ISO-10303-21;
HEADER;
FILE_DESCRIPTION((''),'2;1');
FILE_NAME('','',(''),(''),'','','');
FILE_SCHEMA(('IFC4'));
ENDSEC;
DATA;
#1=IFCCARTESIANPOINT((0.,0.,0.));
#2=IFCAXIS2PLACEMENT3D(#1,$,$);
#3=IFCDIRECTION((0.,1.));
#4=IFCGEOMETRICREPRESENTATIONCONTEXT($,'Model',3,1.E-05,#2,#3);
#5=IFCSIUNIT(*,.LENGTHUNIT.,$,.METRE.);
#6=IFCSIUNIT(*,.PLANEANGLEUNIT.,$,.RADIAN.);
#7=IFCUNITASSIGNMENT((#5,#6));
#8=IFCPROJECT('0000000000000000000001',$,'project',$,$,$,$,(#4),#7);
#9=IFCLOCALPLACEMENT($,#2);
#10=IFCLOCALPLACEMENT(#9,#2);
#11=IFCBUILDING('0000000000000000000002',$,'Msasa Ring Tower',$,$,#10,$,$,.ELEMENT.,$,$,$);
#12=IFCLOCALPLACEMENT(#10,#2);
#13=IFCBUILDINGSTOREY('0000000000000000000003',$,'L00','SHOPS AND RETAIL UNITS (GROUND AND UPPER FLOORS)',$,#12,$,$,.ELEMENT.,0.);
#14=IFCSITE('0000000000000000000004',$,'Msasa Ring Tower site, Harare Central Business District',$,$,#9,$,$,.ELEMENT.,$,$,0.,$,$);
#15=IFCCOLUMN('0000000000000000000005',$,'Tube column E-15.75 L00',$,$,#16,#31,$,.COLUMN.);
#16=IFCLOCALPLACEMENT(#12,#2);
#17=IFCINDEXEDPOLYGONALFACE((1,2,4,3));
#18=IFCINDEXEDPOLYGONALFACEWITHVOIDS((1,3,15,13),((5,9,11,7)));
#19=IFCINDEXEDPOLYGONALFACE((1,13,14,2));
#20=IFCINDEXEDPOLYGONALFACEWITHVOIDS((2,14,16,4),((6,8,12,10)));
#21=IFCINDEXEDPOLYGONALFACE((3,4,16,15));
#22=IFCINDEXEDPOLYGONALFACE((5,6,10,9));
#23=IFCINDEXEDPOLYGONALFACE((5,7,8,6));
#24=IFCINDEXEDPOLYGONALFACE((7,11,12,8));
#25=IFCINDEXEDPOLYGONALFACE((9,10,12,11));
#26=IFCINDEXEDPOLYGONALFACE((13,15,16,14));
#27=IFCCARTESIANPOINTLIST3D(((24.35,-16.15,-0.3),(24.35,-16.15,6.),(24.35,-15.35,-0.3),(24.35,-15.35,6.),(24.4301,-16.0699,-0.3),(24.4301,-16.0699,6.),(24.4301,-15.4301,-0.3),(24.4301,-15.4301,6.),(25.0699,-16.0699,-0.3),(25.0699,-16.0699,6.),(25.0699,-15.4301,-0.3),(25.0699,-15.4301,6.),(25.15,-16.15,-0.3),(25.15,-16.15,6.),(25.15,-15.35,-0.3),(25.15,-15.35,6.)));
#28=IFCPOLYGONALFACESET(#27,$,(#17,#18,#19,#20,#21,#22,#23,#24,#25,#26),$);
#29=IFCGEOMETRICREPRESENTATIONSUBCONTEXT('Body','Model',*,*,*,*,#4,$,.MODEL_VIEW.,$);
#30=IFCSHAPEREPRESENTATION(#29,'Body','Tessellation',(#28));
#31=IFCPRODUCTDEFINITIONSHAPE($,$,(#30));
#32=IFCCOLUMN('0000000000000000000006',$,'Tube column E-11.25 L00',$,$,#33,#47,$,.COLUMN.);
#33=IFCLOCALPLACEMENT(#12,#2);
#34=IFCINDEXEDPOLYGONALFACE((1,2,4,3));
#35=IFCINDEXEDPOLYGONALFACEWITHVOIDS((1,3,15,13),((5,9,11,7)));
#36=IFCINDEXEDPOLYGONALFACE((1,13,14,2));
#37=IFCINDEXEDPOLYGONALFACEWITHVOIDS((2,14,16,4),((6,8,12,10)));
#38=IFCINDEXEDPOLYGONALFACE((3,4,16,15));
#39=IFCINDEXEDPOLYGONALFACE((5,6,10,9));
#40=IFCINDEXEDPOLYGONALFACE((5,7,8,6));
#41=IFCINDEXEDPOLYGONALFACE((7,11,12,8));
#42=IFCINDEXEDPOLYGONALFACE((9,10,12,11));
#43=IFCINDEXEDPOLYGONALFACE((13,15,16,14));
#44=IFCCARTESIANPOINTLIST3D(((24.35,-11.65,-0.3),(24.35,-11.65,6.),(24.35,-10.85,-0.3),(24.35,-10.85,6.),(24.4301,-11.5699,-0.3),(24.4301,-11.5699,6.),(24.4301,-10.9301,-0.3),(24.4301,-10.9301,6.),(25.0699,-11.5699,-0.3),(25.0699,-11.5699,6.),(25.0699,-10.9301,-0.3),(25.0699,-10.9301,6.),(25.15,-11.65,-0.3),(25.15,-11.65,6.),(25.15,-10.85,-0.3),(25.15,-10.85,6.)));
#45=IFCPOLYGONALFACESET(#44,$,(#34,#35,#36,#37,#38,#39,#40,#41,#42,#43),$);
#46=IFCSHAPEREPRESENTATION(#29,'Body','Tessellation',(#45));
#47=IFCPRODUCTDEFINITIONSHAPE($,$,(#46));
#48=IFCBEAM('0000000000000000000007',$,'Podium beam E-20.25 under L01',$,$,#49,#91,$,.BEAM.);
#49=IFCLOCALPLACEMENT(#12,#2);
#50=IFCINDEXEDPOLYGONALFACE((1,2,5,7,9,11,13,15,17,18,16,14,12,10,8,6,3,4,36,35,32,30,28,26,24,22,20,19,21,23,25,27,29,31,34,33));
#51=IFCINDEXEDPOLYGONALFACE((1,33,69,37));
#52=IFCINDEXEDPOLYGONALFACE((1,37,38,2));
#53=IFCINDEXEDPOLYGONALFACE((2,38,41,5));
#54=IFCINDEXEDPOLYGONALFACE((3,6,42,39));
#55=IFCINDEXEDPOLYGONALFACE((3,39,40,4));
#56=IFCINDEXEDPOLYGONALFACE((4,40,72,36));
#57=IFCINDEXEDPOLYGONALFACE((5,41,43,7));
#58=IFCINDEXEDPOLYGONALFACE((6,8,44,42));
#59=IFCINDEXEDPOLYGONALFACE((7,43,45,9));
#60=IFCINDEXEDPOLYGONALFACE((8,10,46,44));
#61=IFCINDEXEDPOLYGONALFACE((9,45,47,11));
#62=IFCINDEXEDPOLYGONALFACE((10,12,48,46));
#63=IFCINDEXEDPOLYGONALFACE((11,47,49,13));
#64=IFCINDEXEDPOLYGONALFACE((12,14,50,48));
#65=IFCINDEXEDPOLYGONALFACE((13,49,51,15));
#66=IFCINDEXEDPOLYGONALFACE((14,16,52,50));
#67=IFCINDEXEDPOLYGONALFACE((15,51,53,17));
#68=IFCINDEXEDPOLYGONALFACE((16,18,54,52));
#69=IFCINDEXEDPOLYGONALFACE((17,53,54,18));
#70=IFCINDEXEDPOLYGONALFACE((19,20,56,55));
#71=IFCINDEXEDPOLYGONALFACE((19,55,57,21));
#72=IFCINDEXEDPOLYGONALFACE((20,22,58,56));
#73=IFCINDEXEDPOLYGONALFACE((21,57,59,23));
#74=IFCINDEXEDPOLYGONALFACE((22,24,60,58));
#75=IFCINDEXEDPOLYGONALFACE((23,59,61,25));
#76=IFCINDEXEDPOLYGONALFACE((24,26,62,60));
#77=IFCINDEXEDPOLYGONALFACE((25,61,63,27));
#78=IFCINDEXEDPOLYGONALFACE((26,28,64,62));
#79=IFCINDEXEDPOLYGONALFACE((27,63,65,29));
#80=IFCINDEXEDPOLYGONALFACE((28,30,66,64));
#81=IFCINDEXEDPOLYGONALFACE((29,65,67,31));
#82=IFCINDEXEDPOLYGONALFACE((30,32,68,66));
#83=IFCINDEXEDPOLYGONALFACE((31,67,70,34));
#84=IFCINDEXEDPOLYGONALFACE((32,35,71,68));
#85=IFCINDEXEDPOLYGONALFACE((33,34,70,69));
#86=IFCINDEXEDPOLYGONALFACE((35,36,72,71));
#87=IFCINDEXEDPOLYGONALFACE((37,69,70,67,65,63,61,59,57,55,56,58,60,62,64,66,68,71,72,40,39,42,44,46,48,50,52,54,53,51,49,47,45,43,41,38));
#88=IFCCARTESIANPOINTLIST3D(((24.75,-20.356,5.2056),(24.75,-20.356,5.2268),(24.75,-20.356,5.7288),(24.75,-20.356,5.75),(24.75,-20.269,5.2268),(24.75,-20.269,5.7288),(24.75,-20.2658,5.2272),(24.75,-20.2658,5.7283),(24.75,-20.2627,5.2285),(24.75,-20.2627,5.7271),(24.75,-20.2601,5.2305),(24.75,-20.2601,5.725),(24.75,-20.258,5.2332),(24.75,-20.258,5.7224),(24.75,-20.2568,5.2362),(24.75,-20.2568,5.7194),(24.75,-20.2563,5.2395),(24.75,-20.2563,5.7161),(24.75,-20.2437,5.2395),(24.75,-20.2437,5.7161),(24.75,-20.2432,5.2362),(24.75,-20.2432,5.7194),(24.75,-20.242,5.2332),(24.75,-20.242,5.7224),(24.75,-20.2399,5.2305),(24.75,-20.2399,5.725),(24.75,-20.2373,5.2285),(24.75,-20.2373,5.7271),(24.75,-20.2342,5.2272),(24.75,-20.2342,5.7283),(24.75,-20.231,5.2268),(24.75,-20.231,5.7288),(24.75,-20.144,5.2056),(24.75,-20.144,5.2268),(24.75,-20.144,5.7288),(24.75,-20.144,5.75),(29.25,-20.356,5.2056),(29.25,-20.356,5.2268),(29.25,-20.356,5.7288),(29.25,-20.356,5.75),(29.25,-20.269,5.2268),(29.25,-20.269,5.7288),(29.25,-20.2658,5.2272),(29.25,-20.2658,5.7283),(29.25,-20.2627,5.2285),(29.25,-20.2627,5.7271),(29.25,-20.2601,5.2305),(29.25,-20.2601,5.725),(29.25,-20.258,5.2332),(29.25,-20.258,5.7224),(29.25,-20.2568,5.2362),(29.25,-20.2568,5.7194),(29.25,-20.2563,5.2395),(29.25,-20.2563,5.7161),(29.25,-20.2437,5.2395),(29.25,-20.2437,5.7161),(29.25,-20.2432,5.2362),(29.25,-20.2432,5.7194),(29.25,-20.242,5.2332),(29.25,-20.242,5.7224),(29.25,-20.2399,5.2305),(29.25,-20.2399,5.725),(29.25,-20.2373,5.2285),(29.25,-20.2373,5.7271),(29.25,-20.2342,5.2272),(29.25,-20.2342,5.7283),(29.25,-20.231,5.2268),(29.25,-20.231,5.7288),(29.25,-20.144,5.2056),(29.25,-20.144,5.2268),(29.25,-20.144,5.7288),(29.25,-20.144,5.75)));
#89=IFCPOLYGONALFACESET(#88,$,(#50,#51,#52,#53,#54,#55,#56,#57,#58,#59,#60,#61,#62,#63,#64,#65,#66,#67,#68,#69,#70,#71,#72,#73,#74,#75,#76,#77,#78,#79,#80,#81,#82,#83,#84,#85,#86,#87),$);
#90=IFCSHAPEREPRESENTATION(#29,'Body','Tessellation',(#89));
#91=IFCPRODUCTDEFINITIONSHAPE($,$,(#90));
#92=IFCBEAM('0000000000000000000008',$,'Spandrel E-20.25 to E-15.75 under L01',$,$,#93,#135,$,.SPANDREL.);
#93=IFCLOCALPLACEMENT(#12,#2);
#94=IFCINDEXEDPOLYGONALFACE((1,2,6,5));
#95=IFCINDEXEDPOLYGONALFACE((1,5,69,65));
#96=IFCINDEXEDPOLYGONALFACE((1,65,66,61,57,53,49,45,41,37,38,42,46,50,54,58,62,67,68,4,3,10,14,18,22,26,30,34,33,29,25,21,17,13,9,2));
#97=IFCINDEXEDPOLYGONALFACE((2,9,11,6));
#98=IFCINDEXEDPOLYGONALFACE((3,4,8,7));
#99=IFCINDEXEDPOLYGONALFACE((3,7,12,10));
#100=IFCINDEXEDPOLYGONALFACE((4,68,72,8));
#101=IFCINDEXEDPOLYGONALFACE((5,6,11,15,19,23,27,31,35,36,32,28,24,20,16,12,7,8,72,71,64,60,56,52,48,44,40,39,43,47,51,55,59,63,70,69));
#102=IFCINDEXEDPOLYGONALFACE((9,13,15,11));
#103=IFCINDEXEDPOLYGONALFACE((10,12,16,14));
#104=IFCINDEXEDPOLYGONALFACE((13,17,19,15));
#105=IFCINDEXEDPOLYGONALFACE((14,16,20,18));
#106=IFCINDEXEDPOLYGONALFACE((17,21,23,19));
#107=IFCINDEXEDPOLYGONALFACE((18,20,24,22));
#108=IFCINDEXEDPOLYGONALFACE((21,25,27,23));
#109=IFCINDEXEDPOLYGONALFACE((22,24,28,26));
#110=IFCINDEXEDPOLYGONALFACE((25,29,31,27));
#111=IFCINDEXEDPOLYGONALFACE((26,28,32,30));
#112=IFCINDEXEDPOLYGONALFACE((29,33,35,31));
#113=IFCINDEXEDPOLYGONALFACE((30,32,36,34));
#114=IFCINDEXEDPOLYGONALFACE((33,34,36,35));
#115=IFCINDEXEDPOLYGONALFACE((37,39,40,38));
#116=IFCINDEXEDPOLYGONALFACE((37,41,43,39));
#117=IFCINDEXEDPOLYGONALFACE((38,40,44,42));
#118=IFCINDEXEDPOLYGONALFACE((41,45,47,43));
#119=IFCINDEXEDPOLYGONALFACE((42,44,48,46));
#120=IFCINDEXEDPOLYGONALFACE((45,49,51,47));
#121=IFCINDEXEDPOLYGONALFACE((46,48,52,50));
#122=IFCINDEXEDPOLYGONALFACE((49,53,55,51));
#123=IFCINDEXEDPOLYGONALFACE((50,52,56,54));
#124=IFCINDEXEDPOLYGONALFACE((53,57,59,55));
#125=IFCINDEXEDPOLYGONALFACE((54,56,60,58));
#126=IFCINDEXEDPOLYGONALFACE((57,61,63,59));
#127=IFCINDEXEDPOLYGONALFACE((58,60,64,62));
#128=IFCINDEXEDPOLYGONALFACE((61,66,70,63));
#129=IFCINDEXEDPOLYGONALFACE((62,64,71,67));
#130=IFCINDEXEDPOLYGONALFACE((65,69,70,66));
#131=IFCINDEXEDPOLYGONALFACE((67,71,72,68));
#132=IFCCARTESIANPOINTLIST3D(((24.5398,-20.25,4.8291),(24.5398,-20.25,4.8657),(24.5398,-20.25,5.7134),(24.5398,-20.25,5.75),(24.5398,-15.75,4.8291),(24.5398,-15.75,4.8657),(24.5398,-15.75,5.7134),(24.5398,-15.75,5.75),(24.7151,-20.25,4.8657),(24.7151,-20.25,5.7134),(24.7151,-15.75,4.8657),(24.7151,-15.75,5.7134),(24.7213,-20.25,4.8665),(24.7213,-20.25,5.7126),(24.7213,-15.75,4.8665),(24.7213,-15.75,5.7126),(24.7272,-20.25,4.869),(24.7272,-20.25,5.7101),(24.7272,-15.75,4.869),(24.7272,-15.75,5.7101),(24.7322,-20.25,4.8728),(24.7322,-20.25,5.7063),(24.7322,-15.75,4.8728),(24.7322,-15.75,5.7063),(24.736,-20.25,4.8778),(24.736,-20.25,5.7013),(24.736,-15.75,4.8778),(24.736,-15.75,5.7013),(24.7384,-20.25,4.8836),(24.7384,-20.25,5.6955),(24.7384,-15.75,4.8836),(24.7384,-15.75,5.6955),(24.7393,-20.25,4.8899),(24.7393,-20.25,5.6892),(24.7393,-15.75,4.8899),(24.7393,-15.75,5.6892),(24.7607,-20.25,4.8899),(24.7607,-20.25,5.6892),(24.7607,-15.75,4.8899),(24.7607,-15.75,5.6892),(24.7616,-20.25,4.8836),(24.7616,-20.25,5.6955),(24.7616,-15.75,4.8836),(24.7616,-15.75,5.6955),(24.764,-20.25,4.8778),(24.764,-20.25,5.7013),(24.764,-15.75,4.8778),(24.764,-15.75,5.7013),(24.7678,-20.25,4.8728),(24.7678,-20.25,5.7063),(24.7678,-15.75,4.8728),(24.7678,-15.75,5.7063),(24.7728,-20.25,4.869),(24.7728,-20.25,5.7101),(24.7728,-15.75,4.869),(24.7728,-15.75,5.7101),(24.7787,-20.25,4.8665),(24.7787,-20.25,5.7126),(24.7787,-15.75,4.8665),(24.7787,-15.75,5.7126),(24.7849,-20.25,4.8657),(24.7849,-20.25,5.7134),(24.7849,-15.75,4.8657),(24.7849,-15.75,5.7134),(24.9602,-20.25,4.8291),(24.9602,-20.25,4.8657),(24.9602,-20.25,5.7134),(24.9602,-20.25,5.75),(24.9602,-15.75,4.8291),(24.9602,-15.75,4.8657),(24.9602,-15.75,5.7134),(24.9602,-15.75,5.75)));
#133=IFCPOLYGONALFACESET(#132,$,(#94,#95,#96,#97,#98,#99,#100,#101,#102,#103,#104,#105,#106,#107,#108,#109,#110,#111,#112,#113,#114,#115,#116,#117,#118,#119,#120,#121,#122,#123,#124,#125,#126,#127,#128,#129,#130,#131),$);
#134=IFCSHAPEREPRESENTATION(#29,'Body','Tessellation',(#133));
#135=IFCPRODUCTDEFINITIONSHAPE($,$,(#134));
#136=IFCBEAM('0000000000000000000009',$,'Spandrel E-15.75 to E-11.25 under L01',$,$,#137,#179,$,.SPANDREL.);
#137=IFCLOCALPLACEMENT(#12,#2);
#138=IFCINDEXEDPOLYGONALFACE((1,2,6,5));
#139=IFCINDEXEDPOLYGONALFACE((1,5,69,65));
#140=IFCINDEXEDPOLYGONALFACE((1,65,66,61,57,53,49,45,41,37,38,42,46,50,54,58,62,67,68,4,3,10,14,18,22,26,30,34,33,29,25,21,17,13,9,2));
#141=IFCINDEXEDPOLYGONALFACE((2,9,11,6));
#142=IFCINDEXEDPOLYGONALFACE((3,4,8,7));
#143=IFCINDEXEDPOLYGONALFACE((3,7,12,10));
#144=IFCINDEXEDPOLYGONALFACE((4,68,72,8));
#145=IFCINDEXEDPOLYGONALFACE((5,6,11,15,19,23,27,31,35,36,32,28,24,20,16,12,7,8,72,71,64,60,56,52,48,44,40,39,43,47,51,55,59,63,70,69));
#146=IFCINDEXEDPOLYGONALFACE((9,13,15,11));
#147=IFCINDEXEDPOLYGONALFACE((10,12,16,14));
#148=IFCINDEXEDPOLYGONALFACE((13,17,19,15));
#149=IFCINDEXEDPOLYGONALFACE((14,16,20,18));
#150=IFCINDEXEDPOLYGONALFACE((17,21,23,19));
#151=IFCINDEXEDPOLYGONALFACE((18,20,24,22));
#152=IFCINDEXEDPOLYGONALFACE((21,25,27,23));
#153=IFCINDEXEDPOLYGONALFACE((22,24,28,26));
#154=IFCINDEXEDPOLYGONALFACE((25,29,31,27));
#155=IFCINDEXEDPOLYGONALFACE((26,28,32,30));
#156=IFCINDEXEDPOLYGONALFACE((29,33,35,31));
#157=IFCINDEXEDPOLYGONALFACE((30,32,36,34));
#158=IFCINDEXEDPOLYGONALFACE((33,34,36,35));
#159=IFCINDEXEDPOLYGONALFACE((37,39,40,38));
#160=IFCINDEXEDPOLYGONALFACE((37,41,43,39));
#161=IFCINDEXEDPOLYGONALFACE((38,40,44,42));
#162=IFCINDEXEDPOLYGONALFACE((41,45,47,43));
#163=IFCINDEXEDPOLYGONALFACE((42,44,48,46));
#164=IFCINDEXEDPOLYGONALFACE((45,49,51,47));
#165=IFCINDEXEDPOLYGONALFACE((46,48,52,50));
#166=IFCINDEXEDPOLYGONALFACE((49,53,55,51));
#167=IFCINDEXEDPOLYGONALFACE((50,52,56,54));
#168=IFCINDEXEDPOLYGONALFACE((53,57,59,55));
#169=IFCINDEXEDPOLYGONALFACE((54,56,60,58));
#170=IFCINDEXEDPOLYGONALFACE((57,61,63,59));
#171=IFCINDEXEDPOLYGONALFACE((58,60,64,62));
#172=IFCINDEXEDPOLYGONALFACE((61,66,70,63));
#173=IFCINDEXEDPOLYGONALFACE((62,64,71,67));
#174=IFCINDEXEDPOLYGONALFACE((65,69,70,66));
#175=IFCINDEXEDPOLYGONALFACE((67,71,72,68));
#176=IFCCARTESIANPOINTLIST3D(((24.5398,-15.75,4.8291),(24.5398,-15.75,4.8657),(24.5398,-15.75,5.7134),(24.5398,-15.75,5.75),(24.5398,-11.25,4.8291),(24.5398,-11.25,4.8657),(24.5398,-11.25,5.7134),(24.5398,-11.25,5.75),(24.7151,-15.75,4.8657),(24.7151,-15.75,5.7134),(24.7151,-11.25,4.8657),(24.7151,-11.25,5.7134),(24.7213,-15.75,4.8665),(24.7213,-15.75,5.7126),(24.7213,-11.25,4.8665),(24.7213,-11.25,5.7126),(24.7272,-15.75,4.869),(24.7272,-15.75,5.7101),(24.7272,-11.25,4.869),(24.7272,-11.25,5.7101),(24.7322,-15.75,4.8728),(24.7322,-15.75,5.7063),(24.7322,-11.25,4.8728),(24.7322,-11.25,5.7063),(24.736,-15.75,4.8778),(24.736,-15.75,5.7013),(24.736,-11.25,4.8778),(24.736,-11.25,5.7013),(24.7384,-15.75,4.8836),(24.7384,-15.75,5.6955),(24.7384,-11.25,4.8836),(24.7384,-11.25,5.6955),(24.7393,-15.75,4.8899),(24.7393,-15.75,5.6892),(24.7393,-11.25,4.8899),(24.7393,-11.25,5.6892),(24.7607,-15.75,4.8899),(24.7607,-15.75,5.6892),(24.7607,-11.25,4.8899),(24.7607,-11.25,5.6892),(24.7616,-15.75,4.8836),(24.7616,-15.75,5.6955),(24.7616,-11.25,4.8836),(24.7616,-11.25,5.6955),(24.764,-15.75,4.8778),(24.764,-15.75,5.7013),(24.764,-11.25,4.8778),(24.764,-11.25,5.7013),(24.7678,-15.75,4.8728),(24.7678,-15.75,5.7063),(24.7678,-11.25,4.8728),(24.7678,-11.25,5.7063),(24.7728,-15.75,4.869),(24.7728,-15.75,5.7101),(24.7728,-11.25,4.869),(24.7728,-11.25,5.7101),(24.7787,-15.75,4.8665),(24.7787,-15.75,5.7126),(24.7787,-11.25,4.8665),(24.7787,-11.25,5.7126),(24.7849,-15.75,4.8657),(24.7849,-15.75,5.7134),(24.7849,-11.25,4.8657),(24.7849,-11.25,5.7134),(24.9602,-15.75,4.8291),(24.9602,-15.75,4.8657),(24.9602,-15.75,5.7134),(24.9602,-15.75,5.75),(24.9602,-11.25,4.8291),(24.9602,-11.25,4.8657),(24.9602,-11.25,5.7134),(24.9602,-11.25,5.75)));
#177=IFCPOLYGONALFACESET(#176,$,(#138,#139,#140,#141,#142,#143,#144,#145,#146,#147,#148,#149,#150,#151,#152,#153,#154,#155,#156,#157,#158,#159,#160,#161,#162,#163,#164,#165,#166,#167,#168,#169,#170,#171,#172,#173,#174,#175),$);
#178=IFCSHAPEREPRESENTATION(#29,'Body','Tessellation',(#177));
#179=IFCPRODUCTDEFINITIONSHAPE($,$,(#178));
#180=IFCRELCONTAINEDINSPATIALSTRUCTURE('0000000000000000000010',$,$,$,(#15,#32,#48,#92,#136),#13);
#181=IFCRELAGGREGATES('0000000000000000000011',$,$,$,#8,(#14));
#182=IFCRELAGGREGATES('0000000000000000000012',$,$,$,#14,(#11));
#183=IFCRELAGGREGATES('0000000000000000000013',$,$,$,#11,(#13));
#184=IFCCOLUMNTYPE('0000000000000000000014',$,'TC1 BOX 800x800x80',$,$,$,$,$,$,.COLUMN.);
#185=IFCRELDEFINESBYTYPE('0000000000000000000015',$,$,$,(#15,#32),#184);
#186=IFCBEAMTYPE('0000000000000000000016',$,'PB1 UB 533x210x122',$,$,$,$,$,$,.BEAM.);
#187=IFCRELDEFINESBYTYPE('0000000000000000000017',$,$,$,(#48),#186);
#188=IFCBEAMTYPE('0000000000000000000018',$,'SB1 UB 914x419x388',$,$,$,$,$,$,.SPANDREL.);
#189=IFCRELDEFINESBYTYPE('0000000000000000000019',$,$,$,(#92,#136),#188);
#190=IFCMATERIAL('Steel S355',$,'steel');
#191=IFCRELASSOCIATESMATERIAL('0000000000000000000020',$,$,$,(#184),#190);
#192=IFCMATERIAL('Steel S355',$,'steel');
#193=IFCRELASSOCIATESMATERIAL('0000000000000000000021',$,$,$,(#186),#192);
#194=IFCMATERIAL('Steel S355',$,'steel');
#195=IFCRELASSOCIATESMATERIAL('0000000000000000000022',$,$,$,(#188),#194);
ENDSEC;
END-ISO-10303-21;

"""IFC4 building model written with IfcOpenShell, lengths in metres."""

from ifc_helpers import new_model, si_unit, direction, frame, origin, origin_2d, place, context, subcontext, project, spatial, hollow_rectangle, i_section, extrude, material, material_profile, profile_set, type_object, element, save


model = new_model("IFC4")

# Units and contexts
model_context = context("Model", 3, precision=1e-05, world=origin(), true_north=direction((0.0, 1.0)))
body_context = subcontext(model_context, "Body", "Model", "MODEL_VIEW")
ifc_project = project(units=[si_unit("LENGTHUNIT", "METRE"), si_unit("PLANEANGLEUNIT", "RADIAN")], contexts=[model_context])

# Site, building, storey
site_placement = place(None, origin())
site = spatial("IfcSite", under=ifc_project, at=site_placement, Name="Msasa Ring Tower site, Harare Central Business District", CompositionType="ELEMENT", RefElevation=0.0)
building_placement = place(site_placement, origin())
building = spatial("IfcBuilding", under=site, at=building_placement, Name="Msasa Ring Tower", CompositionType="ELEMENT")
storey_placement = place(building_placement, origin())
storey = spatial("IfcBuildingStorey", under=building, at=storey_placement, Name="L00", Description="SHOPS AND RETAIL UNITS (GROUND AND UPPER FLOORS)", CompositionType="ELEMENT", Elevation=0.0)

# Columns
ifc_material_1 = material(Name="Steel S355", Category="steel")
ifc_material_profile_1 = material_profile(ifc_material_1, hollow_rectangle(XDim=0.8, YDim=0.8, WallThickness=0.0801, at=origin_2d()), Name="BOX 800x800x80")
ifc_profile_set_1 = profile_set([ifc_material_profile_1], Name="Steel S355")
column_type_1 = type_object("IfcColumnType", Name="TC1 BOX 800x800x80", PredefinedType="COLUMN", material=ifc_profile_set_1)
for number, where, z_axis, x_axis, name in (
    (1, (24.75, -15.75, -0.3), (0.0, 0.0, 1.0), (1.0, 0.0, 0.0), "Tube column E-15.75 L00"),
    (2, (24.75, -11.25, -0.3), (0.0, 0.0, 1.0), (1.0, 0.0, 0.0), "Tube column E-11.25 L00"),
):
    element("IfcColumn", number, at=place(storey_placement, frame(where, z_axis=z_axis, x_axis=x_axis)), inside=storey, type_object=column_type_1, Name=name, PredefinedType="COLUMN", context=body_context, shape_type="SweptSolid", body=[
        extrude(hollow_rectangle(XDim=0.8, YDim=0.8, WallThickness=0.0801, at=origin_2d()), origin(), (0.0, 0.0, 1.0), 6.3),
    ])

# Beams
ifc_material_2 = material(Name="Steel S355", Category="steel")
ifc_material_profile_2 = material_profile(ifc_material_2, i_section(OverallWidth=0.2119, OverallDepth=0.5444, WebThickness=0.0127, FlangeThickness=0.0212, FilletRadius=0.0127, at=origin_2d()), Name="UB 533x210x122")
ifc_profile_set_2 = profile_set([ifc_material_profile_2], Name="Steel S355")
beam_type_1 = type_object("IfcBeamType", Name="PB1 UB 533x210x122", PredefinedType="BEAM", material=ifc_profile_set_2)
beam_placement = place(storey_placement, frame((29.25, -20.25, 5.4778), z_axis=(-1.0, 0.0, 0.0), x_axis=(0.0, -1.0, 0.0)))
element("IfcBeam", 3, at=beam_placement, inside=storey, type_object=beam_type_1, Name="Podium beam E-20.25 under L01", PredefinedType="BEAM", context=body_context, shape_type="SweptSolid", body=[
    extrude(i_section(OverallWidth=0.2119, OverallDepth=0.5444, WebThickness=0.0127, FlangeThickness=0.0212, FilletRadius=0.0127, at=origin_2d()), origin(), (0.0, 0.0, 1.0), 4.5),
])
ifc_material_3 = material(Name="Steel S355", Category="steel")
ifc_material_profile_3 = material_profile(ifc_material_3, i_section(OverallWidth=0.4204, OverallDepth=0.9209, WebThickness=0.0215, FlangeThickness=0.0366, FilletRadius=0.0242, at=origin_2d()), Name="UB 914x419x388")
ifc_profile_set_3 = profile_set([ifc_material_profile_3], Name="Steel S355")
beam_type_2 = type_object("IfcBeamType", Name="SB1 UB 914x419x388", PredefinedType="SPANDREL", material=ifc_profile_set_3)
for number, where, z_axis, x_axis, name in (
    (4, (24.75, -20.25, 5.2896), (0.0, 1.0, 0.0), (-1.0, 0.0, 0.0), "Spandrel E-20.25 to E-15.75 under L01"),
    (5, (24.75, -15.75, 5.2896), (0.0, 1.0, 0.0), (-1.0, 0.0, 0.0), "Spandrel E-15.75 to E-11.25 under L01"),
):
    element("IfcBeam", number, at=place(storey_placement, frame(where, z_axis=z_axis, x_axis=x_axis)), inside=storey, type_object=beam_type_2, Name=name, PredefinedType="SPANDREL", context=body_context, shape_type="SweptSolid", body=[
        extrude(i_section(OverallWidth=0.4204, OverallDepth=0.9209, WebThickness=0.0215, FlangeThickness=0.0366, FilletRadius=0.0242, at=origin_2d()), origin(), (0.0, 0.0, 1.0), 4.5),
    ])

save(model, "model.ifc")
